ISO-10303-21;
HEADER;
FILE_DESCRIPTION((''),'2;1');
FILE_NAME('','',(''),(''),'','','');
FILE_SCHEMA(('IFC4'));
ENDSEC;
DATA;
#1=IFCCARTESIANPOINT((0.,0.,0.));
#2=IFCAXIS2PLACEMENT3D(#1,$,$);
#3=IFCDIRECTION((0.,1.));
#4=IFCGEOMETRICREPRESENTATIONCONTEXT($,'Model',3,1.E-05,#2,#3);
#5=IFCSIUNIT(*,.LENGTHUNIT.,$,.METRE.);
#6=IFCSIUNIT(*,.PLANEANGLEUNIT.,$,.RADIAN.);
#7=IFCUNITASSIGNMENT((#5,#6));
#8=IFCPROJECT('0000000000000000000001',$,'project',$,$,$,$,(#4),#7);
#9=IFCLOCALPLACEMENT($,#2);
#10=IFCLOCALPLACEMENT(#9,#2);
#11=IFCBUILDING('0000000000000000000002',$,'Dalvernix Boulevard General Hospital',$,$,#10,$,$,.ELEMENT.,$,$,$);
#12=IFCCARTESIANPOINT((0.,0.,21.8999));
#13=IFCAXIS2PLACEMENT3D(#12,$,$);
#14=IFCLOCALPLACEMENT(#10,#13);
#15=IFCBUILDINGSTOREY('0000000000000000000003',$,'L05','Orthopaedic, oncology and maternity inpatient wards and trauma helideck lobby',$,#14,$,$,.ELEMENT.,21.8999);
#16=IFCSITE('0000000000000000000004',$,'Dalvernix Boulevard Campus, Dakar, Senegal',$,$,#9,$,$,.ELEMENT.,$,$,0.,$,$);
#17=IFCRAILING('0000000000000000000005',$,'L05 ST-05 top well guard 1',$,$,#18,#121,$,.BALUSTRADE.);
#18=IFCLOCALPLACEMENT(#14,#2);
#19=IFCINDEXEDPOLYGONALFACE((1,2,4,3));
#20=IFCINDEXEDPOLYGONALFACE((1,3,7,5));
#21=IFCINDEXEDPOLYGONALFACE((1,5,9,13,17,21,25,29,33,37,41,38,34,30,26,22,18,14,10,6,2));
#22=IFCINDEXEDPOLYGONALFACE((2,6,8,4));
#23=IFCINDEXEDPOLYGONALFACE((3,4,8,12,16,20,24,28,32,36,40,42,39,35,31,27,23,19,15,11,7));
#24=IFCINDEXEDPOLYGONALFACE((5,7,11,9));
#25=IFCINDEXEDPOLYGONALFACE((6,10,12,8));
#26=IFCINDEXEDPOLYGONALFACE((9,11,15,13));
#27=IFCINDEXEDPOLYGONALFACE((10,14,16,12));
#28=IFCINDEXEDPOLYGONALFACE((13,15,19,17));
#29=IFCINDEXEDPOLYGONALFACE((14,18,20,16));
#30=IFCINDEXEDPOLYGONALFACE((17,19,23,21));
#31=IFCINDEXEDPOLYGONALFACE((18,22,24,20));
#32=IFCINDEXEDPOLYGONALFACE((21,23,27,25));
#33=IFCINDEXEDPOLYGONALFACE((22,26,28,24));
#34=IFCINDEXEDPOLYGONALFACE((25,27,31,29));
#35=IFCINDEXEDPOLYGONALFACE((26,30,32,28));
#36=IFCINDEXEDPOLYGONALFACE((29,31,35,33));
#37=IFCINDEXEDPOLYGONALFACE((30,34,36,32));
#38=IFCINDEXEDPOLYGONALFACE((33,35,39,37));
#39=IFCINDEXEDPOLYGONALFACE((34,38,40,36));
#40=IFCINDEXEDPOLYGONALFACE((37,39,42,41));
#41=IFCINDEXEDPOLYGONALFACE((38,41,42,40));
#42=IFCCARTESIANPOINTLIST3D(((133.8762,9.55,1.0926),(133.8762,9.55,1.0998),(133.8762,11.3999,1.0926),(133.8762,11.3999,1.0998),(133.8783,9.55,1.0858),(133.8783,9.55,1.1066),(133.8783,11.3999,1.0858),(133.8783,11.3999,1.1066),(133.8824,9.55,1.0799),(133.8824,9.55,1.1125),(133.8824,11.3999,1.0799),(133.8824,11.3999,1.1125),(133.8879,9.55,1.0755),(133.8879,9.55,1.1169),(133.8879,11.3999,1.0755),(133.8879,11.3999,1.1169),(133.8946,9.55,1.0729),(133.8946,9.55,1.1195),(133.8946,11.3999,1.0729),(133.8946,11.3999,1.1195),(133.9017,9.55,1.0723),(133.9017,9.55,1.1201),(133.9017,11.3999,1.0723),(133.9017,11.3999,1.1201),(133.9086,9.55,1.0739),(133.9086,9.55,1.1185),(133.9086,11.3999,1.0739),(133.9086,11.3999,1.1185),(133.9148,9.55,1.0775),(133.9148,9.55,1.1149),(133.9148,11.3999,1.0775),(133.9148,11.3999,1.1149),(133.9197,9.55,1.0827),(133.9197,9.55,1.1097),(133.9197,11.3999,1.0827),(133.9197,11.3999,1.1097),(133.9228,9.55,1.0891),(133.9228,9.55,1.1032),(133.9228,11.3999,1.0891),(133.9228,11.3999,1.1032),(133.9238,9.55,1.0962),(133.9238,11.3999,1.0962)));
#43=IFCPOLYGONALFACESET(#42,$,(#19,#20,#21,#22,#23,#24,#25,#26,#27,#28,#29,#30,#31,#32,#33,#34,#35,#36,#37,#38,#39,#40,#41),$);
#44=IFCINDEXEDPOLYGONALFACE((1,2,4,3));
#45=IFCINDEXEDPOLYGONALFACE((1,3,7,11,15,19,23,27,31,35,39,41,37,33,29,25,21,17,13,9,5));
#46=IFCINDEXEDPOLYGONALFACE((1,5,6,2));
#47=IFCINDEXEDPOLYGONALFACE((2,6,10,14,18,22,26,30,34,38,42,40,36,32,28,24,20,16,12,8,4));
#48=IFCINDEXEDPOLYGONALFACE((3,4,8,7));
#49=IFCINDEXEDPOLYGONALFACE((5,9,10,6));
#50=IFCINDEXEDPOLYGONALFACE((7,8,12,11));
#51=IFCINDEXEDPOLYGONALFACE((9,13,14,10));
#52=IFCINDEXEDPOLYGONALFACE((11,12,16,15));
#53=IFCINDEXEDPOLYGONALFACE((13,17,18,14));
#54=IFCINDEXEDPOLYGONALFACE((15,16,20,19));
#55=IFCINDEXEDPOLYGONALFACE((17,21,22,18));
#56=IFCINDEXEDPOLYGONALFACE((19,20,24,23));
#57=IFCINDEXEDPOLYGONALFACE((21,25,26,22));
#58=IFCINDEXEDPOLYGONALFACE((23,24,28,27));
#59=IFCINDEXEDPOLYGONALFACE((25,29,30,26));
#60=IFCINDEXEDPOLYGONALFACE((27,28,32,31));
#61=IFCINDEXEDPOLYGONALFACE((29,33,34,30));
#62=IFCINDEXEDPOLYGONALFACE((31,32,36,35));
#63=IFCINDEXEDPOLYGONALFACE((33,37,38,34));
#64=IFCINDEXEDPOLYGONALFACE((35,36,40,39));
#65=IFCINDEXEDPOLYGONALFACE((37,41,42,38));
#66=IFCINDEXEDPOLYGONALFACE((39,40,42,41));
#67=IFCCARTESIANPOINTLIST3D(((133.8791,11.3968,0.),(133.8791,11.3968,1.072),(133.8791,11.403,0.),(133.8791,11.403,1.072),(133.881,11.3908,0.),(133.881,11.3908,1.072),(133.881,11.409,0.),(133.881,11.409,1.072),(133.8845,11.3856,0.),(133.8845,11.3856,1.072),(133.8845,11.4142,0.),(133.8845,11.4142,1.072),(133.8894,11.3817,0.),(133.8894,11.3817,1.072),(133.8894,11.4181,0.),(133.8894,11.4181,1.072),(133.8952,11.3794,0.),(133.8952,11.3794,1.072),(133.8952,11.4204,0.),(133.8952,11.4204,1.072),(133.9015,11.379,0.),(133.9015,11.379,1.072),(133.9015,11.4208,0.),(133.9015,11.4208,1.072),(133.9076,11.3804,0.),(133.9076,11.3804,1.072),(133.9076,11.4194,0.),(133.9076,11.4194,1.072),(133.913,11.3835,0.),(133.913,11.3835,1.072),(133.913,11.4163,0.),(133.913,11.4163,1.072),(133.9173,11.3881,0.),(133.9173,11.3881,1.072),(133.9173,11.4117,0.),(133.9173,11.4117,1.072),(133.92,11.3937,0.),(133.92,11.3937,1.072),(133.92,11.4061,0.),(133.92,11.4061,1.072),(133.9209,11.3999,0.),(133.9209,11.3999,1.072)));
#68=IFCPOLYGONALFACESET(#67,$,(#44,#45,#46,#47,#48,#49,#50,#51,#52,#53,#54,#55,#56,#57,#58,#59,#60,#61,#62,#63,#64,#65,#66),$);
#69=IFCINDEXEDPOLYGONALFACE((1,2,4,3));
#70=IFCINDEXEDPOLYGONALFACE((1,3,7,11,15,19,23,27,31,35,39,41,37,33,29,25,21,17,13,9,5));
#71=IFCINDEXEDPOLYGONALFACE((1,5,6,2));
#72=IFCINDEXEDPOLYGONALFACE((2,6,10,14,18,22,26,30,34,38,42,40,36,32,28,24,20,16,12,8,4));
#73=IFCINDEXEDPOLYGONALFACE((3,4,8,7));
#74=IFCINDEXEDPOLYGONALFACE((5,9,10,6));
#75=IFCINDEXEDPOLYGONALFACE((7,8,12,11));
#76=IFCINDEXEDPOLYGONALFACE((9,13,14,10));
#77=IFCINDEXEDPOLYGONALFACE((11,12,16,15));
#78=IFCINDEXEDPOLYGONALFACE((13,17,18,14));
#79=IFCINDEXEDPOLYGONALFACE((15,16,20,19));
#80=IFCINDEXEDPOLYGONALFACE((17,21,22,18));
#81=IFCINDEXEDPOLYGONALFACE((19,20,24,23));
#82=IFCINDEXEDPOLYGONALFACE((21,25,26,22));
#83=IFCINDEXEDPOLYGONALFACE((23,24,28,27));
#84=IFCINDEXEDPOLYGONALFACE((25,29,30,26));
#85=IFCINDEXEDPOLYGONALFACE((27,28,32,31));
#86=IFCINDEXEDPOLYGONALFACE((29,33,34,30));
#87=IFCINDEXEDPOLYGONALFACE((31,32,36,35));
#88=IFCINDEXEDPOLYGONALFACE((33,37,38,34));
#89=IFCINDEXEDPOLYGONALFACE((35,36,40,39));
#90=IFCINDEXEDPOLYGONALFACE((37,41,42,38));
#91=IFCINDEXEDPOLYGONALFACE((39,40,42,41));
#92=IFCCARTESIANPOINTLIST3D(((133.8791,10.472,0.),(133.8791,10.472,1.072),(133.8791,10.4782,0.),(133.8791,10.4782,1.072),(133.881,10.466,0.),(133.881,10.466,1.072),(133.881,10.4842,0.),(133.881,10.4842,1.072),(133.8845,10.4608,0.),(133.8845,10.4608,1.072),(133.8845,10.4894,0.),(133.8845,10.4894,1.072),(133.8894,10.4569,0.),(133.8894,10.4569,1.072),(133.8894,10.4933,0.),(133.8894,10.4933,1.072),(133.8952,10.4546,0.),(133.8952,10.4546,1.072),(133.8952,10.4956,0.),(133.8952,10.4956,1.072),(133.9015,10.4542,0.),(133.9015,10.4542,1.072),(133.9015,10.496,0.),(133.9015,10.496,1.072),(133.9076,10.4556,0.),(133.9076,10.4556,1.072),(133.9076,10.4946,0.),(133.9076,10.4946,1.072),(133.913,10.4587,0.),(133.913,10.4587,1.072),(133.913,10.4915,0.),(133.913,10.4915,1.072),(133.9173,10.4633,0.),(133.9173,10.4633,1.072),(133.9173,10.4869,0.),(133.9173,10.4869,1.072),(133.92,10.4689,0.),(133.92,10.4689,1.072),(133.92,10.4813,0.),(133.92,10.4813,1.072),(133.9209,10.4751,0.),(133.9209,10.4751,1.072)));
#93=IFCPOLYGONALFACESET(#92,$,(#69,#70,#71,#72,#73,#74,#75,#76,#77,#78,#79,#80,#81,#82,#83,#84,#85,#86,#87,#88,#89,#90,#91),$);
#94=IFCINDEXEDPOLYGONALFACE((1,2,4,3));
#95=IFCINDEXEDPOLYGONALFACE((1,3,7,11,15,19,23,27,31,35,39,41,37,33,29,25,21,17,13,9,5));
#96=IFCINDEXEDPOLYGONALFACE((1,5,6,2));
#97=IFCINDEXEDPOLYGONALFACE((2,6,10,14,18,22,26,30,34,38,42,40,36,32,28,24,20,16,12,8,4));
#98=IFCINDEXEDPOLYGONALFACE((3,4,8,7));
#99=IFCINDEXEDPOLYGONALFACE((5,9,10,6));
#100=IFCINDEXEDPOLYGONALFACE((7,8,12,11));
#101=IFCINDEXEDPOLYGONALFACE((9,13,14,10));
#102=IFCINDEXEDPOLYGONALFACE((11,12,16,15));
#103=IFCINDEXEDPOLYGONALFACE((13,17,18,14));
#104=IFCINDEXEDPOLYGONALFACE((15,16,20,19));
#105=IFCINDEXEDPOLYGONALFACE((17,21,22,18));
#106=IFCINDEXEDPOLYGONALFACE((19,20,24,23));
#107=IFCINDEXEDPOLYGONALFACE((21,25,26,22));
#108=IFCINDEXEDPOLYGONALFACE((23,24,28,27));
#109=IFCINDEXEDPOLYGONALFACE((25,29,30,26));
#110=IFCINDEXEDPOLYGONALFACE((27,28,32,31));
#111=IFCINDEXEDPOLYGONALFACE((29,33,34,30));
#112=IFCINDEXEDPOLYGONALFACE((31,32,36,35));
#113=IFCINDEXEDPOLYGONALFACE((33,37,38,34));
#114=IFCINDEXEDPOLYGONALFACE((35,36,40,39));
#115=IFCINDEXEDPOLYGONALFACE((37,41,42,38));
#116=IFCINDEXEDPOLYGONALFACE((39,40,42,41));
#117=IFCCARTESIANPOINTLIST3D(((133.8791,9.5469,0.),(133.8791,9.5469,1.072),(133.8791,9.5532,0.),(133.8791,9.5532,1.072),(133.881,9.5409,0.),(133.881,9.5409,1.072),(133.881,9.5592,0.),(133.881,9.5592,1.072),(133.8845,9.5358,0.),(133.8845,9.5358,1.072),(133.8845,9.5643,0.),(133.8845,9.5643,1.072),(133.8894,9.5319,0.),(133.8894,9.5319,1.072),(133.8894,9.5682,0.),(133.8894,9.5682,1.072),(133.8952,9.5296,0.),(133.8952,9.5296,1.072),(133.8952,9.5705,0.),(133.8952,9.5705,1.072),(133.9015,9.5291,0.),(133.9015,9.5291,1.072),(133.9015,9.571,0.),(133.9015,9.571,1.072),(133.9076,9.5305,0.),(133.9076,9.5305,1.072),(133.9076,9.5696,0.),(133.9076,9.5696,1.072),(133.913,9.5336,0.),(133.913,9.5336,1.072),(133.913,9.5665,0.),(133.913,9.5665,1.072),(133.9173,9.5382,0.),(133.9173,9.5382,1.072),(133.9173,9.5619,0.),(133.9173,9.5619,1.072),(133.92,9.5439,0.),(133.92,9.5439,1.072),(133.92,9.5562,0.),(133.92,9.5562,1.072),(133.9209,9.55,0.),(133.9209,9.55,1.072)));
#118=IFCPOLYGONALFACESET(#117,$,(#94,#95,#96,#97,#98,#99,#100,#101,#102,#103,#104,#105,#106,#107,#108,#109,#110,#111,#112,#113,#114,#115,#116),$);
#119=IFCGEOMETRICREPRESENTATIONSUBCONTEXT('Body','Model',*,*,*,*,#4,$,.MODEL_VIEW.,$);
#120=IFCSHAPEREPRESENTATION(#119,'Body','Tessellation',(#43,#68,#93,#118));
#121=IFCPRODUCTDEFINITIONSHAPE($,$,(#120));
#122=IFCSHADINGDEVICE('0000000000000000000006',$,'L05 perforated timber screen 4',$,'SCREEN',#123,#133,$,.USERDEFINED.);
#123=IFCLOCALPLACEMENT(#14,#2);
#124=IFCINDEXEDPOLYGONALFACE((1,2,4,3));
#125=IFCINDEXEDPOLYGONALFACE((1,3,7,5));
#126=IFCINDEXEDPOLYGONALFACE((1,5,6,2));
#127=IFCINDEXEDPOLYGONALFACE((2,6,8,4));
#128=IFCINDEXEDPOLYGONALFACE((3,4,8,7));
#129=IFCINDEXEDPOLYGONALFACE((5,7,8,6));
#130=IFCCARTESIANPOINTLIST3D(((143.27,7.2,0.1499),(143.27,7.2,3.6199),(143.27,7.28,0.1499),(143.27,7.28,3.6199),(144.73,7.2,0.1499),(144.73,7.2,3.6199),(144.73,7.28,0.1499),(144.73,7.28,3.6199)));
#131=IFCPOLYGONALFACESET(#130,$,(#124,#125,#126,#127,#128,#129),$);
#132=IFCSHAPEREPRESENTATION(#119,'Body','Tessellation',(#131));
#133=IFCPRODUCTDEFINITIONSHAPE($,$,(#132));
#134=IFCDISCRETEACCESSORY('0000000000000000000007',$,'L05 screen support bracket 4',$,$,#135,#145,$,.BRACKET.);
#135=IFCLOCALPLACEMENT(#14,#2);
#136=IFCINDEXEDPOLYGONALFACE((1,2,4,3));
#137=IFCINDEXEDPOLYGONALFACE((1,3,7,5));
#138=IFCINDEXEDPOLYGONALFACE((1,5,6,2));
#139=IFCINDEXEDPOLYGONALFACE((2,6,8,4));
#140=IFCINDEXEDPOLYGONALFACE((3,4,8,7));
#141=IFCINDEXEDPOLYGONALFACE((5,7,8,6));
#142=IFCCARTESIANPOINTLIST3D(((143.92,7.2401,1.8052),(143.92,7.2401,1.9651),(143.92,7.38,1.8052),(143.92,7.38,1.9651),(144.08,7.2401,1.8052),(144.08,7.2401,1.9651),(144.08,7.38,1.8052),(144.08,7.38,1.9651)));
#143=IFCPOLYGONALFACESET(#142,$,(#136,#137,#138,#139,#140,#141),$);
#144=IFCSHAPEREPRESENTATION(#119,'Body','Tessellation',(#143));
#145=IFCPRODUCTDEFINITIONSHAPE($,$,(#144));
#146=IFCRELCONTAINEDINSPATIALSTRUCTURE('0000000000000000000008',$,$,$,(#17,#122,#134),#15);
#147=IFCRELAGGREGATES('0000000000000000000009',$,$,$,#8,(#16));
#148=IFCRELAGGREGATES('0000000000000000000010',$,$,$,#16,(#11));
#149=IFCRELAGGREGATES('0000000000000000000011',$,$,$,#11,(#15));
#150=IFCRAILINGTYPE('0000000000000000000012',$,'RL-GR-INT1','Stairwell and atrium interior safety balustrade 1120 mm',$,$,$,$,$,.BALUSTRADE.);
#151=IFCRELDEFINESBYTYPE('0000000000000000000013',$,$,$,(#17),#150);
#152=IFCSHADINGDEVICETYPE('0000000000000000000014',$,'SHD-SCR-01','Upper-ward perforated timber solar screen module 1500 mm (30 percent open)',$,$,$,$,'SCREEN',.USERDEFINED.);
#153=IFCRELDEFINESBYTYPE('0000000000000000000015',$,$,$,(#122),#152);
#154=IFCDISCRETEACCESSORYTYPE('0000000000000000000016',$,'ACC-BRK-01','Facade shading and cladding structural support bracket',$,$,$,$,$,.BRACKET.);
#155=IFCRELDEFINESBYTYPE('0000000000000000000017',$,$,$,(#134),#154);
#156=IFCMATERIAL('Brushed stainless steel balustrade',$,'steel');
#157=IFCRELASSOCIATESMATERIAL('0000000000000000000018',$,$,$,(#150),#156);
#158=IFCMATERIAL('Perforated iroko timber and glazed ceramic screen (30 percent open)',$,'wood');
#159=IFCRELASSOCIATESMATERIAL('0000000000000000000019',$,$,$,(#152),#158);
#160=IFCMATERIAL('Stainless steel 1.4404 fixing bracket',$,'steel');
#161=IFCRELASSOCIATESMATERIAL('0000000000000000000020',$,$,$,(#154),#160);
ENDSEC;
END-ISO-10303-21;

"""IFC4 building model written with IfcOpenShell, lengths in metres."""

from ifc_helpers import new_model, si_unit, direction, frame, origin, origin_2d, place, context, subcontext, project, spatial, rectangle, circle, extrude, material, type_object, element, save


model = new_model("IFC4")

# Units and contexts
model_context = context("Model", 3, precision=1e-05, world=origin(), true_north=direction((0.0, 1.0)))
body_context = subcontext(model_context, "Body", "Model", "MODEL_VIEW")
ifc_project = project(units=[si_unit("LENGTHUNIT", "METRE"), si_unit("PLANEANGLEUNIT", "RADIAN")], contexts=[model_context])

# Site, building, storey
site_placement = place(None, origin())
site = spatial("IfcSite", under=ifc_project, at=site_placement, Name="Dalvernix Boulevard Campus, Dakar, Senegal", CompositionType="ELEMENT", RefElevation=0.0)
building_placement = place(site_placement, origin())
building = spatial("IfcBuilding", under=site, at=building_placement, Name="Dalvernix Boulevard General Hospital", CompositionType="ELEMENT")
storey_placement = place(building_placement, frame((0.0, 0.0, 21.8999)))
storey = spatial("IfcBuildingStorey", under=building, at=storey_placement, Name="L05", Description="Orthopaedic, oncology and maternity inpatient wards and trauma helideck lobby", CompositionType="ELEMENT", Elevation=21.8999)

# Railing
ifc_material_1 = material(Name="Brushed stainless steel balustrade", Category="steel")
railing_type = type_object("IfcRailingType", Name="RL-GR-INT1", Description="Stairwell and atrium interior safety balustrade 1120 mm", PredefinedType="BALUSTRADE", material=ifc_material_1)
railing_placement = place(storey_placement, frame((133.8999, 11.3999, 0.0)))
element("IfcRailing", 1, at=railing_placement, inside=storey, type_object=railing_type, Name="L05 ST-05 top well guard 1", PredefinedType="BALUSTRADE", context=body_context, shape_type="SweptSolid", body=[
    extrude(circle(Radius=0.0239, at=origin_2d()), frame((0.0, 0.0, 1.0962), z_axis=(0.0, -1.0, 0.0), x_axis=(1.0, 0.0, 0.0)), (0.0, 0.0, 1.0), 1.8499),
    extrude(circle(Radius=0.021, at=origin_2d()), origin(), (0.0, 0.0, 1.0), 1.072),
    extrude(circle(Radius=0.021, at=origin_2d()), frame((0.0, -0.9248, 0.0)), (0.0, 0.0, 1.0), 1.072),
    extrude(circle(Radius=0.021, at=origin_2d()), frame((0.0, -1.8499, 0.0)), (0.0, 0.0, 1.0), 1.072),
])

# Shading device
ifc_material_2 = material(Name="Perforated iroko timber and glazed ceramic screen (30 percent open)", Category="wood")
shading_device_type = type_object("IfcShadingDeviceType", Name="SHD-SCR-01", Description="Upper-ward perforated timber solar screen module 1500 mm (30 percent open)", ElementType="SCREEN", PredefinedType="USERDEFINED", material=ifc_material_2)
shading_device_placement = place(storey_placement, frame((144.0, 7.24, 0.1499), z_axis=(0.0, 0.0, 1.0), x_axis=(-1.0, 0.0, 0.0)))
element("IfcShadingDevice", 2, at=shading_device_placement, inside=storey, type_object=shading_device_type, Name="L05 perforated timber screen 4", ObjectType="SCREEN", PredefinedType="USERDEFINED", context=body_context, shape_type="SweptSolid", body=[
    extrude(rectangle(XDim=1.46, YDim=0.0801, at=origin_2d()), origin(), (0.0, 0.0, 1.0), 3.47),
])

# Discrete accessory
ifc_material_3 = material(Name="Stainless steel 1.4404 fixing bracket", Category="steel")
discrete_accessory_type = type_object("IfcDiscreteAccessoryType", Name="ACC-BRK-01", Description="Facade shading and cladding structural support bracket", PredefinedType="BRACKET", material=ifc_material_3)
discrete_accessory_placement = place(storey_placement, frame((144.0, 7.3101, 1.8052), z_axis=(0.0, 0.0, 1.0), x_axis=(-1.0, 0.0, 0.0)))
element("IfcDiscreteAccessory", 3, at=discrete_accessory_placement, inside=storey, type_object=discrete_accessory_type, Name="L05 screen support bracket 4", PredefinedType="BRACKET", context=body_context, shape_type="SweptSolid", body=[
    extrude(rectangle(XDim=0.1599, YDim=0.1399, at=origin_2d()), origin(), (0.0, 0.0, 1.0), 0.1599),
])

save(model, "model.ifc")
